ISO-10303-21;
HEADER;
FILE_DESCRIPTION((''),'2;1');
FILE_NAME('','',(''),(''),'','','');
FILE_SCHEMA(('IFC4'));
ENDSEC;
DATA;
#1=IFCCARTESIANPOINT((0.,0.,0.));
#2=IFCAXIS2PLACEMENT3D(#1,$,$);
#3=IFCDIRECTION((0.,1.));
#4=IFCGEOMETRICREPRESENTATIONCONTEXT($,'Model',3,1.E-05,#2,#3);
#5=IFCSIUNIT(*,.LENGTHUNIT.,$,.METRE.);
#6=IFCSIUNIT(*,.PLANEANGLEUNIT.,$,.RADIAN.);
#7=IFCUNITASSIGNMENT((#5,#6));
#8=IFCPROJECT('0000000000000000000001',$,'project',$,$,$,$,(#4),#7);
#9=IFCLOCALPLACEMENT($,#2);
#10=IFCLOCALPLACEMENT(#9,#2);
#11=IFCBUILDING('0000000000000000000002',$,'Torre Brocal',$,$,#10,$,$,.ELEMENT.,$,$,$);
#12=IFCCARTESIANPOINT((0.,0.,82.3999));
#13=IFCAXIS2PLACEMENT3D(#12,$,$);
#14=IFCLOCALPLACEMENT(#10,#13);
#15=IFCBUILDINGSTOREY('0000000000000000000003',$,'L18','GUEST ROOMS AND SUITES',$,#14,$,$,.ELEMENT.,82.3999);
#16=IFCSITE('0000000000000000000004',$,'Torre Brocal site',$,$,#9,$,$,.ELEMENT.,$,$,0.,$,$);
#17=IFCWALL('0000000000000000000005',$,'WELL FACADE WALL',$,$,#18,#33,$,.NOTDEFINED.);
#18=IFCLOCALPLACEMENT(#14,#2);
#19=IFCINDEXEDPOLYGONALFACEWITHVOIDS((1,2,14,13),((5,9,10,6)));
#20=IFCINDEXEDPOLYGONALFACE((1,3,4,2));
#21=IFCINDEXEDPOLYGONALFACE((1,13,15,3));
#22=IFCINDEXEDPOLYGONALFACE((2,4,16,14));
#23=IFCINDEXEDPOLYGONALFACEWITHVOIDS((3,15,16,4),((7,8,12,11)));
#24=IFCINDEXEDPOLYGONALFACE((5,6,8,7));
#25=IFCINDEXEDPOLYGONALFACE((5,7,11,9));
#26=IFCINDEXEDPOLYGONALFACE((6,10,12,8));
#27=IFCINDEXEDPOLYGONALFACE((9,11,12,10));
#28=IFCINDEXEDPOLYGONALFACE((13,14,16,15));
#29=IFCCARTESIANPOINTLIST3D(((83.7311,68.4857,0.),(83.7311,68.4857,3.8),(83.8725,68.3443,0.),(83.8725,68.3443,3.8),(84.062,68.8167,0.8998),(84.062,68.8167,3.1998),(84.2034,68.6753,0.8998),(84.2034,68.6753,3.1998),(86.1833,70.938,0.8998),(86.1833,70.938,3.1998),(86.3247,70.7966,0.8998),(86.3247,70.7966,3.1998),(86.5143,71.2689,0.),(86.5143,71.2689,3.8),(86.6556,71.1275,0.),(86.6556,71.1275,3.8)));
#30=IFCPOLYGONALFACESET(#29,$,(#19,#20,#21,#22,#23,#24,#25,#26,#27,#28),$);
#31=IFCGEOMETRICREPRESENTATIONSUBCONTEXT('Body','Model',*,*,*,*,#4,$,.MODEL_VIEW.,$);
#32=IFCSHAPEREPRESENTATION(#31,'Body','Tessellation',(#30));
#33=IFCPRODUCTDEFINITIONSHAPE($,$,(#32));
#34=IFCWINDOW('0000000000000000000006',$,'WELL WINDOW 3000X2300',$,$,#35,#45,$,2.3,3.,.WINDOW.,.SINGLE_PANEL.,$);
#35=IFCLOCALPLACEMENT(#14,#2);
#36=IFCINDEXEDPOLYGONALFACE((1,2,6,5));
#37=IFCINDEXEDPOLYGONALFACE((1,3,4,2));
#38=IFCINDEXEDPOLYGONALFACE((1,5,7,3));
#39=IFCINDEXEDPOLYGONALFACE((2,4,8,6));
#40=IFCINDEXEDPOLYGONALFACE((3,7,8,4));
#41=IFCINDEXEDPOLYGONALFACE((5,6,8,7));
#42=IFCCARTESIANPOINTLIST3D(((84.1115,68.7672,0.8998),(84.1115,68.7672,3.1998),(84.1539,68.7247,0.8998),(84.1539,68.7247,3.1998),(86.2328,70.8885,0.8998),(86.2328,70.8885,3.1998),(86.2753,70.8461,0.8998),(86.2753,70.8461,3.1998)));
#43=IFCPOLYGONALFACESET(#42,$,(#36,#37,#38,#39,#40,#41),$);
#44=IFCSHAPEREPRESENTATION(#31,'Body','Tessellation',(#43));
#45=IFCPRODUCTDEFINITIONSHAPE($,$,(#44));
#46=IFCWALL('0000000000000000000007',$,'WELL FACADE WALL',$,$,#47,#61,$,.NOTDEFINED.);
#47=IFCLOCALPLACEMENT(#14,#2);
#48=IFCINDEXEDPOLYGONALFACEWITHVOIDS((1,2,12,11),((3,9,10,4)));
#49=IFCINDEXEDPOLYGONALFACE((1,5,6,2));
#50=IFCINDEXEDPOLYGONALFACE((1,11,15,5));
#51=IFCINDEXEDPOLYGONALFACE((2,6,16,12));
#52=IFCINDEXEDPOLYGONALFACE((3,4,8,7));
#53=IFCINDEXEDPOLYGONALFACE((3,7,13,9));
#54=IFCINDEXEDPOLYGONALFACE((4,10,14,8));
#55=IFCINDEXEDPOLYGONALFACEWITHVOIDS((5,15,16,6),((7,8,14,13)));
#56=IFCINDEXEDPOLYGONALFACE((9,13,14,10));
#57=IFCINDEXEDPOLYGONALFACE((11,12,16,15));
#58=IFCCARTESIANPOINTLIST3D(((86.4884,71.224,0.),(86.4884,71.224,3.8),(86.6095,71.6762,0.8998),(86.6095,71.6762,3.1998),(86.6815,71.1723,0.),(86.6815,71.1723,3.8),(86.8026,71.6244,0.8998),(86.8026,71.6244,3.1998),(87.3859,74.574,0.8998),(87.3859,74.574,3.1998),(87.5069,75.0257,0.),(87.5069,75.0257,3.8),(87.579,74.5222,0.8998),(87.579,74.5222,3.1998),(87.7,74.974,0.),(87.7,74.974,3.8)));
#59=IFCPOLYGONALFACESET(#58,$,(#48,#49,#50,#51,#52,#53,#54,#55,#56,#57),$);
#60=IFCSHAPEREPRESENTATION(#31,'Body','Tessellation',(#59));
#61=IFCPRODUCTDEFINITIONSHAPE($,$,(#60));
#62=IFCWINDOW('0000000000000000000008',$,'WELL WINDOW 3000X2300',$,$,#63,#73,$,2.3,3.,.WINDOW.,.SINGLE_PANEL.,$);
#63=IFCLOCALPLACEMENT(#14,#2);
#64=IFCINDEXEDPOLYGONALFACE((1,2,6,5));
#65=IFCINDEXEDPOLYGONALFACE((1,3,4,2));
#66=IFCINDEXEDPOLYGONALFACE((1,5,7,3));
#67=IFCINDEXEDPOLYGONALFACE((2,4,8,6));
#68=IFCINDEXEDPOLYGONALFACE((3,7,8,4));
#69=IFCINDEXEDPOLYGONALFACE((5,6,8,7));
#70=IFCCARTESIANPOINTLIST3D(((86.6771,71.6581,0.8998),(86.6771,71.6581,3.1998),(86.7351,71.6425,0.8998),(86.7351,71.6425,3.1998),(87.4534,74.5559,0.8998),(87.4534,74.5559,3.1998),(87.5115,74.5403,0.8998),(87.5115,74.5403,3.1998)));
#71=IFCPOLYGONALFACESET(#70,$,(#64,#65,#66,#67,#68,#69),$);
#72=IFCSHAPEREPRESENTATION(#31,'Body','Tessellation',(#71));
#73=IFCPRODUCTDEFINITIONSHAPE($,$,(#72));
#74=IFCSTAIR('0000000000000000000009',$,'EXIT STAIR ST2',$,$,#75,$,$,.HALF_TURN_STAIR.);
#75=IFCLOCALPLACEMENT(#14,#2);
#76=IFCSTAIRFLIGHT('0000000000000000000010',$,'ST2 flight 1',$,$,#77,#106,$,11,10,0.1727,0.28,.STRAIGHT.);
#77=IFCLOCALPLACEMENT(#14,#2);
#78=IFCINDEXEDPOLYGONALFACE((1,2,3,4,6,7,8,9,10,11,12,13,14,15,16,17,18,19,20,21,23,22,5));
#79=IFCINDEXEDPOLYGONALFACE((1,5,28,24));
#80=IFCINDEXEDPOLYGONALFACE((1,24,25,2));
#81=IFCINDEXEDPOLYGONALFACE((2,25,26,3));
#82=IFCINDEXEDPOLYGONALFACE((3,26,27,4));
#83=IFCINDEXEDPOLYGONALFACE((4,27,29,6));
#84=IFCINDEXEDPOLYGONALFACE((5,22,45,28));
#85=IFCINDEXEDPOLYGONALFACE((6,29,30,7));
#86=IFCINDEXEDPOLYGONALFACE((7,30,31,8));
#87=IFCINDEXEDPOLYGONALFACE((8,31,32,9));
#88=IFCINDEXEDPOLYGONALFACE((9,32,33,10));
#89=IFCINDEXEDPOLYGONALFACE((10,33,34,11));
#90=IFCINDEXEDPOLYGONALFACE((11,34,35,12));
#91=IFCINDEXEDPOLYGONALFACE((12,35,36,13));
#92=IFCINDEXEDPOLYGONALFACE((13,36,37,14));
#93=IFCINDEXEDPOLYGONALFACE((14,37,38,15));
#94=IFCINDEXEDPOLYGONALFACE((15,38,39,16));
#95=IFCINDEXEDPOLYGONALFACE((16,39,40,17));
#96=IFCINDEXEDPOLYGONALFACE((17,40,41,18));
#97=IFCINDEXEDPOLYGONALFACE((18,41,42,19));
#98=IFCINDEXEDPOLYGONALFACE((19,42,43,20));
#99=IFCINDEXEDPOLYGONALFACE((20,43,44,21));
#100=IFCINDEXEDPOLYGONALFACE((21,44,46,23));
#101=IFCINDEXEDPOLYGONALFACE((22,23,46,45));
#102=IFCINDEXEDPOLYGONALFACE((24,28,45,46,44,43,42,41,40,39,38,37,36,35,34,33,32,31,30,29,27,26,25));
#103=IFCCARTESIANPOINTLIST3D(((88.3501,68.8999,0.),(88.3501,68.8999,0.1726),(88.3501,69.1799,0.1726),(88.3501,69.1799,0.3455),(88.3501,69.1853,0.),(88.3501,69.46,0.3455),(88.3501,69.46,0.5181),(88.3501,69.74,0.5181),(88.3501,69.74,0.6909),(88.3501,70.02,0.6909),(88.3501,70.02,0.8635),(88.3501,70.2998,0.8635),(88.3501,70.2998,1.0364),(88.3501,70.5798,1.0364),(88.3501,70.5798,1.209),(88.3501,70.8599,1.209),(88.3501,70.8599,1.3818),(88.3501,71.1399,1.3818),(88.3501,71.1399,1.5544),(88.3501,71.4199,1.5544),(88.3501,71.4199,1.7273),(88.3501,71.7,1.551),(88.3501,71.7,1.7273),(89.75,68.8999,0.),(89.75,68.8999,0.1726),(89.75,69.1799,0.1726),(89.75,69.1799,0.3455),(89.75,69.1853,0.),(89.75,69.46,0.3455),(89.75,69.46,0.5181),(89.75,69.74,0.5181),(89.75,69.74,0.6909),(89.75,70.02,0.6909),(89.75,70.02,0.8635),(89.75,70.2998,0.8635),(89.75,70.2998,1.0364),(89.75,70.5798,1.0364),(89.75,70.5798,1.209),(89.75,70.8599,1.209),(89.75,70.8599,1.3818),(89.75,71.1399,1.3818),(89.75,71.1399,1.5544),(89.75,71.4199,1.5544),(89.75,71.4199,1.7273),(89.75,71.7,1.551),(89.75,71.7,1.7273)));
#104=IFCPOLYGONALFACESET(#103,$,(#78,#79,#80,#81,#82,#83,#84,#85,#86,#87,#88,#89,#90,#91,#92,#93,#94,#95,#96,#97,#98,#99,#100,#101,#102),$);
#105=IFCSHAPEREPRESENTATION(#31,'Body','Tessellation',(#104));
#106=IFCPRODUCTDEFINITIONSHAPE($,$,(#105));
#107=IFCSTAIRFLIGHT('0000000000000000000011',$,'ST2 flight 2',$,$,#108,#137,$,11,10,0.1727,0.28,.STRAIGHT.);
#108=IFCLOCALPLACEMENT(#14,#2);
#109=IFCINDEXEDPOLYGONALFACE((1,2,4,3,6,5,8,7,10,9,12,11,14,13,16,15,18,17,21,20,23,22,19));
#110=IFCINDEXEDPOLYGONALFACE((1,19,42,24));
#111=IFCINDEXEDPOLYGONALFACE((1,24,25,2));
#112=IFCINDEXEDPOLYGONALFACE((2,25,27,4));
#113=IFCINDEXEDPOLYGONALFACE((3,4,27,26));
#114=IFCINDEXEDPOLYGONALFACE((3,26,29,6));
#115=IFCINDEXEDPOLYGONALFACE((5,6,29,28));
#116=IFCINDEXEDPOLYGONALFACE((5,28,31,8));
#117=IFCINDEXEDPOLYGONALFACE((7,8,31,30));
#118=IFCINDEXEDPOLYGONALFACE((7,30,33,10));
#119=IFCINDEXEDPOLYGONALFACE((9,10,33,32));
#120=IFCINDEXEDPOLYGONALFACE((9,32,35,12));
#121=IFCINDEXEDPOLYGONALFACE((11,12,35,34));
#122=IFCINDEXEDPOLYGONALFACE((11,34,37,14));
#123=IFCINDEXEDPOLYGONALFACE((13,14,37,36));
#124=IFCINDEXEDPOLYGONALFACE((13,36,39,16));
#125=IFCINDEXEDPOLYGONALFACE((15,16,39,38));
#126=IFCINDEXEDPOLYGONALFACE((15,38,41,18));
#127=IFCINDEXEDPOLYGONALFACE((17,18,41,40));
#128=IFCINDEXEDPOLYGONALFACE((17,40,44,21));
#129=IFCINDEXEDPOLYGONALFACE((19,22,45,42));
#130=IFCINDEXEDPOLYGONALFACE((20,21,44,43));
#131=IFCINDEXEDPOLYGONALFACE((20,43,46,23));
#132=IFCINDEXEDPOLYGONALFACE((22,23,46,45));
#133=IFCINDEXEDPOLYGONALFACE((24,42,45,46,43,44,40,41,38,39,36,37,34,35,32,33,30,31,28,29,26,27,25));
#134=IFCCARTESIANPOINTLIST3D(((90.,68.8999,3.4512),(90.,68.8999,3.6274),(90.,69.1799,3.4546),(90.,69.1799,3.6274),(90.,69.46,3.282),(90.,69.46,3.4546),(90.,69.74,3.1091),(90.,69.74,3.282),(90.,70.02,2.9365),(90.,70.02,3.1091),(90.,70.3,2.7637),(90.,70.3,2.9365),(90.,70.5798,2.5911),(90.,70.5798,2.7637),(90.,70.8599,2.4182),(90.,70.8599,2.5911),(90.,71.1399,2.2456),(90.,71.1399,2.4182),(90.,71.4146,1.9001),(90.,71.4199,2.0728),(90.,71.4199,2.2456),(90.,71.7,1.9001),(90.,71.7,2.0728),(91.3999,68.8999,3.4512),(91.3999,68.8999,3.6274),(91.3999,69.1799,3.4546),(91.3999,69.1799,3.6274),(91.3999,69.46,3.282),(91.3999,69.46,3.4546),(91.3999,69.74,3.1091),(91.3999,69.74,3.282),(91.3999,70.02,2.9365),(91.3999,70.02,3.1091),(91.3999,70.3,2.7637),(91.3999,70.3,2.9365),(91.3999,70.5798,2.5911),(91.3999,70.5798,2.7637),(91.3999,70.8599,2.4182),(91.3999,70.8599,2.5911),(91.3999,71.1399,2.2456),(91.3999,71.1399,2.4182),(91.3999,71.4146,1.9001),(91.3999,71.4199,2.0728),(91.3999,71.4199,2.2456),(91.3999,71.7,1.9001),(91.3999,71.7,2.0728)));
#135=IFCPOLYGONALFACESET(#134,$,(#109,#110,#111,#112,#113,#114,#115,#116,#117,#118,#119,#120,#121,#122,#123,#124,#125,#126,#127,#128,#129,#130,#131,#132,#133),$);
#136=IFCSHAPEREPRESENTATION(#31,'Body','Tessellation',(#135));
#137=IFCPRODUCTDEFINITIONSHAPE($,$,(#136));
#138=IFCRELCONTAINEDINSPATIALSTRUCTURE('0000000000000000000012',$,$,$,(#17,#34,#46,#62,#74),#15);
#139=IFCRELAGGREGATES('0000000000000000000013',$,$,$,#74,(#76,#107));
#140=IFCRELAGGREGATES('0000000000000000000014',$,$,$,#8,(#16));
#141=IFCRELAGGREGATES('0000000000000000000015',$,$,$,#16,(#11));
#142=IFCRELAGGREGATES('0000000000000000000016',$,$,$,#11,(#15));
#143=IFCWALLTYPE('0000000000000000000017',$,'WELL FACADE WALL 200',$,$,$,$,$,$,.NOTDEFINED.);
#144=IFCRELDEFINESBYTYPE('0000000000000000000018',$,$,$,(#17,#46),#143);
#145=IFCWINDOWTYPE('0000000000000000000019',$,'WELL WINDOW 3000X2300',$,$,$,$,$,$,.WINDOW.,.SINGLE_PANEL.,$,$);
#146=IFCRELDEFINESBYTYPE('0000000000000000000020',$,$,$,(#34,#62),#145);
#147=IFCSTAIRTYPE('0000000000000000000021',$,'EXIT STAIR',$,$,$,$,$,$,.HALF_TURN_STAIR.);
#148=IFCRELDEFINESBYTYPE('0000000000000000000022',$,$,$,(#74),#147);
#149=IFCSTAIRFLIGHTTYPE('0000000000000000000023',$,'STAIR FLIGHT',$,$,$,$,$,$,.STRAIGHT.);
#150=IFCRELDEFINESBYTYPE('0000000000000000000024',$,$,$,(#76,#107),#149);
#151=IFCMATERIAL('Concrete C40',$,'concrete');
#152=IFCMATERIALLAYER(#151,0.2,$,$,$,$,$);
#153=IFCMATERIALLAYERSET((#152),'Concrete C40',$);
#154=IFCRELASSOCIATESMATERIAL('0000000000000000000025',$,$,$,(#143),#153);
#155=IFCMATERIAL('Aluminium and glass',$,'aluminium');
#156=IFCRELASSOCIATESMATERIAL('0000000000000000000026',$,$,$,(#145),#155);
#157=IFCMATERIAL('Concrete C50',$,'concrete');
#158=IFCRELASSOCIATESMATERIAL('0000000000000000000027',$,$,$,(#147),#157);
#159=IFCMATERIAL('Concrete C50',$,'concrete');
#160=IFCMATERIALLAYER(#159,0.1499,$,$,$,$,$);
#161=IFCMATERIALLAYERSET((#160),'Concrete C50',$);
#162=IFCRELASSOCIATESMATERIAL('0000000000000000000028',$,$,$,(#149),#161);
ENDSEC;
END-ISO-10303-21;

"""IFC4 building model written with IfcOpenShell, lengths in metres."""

from ifc_helpers import new_model, si_unit, direction, frame, frame_2d, origin, place, context, subcontext, project, spatial, polyline, rectangle, outline, extrude, material, layer, layer_set, type_object, element, fill, aggregate, save


model = new_model("IFC4")

# Units and contexts
model_context = context("Model", 3, precision=1e-05, world=origin(), true_north=direction((0.0, 1.0)))
body_context = subcontext(model_context, "Body", "Model", "MODEL_VIEW")
ifc_project = project(units=[si_unit("LENGTHUNIT", "METRE"), si_unit("PLANEANGLEUNIT", "RADIAN")], contexts=[model_context])

# Site, building, storey
site_placement = place(None, origin())
site = spatial("IfcSite", under=ifc_project, at=site_placement, Name="Torre Brocal site", CompositionType="ELEMENT", RefElevation=0.0)
building_placement = place(site_placement, origin())
building = spatial("IfcBuilding", under=site, at=building_placement, Name="Torre Brocal", CompositionType="ELEMENT")
storey_placement = place(building_placement, frame((0.0, 0.0, 82.3999)))
storey = spatial("IfcBuildingStorey", under=building, at=storey_placement, Name="L18", Description="GUEST ROOMS AND SUITES", CompositionType="ELEMENT", Elevation=82.3999)

# Walls, openings, windows
ifc_material_1 = material(Name="Concrete C40", Category="concrete")
ifc_layer_1 = layer(ifc_material_1, 0.2)
ifc_layer_set_1 = layer_set([ifc_layer_1], Name="Concrete C40")
wall_type_1 = type_object("IfcWallType", Name="WELL FACADE WALL 200", PredefinedType="NOTDEFINED", material=ifc_layer_set_1)
ifc_material_2 = material(Name="Aluminium and glass", Category="aluminium")
window_type = type_object("IfcWindowType", Name="WELL WINDOW 3000X2300", PartitioningType="SINGLE_PANEL", PredefinedType="WINDOW", material=ifc_material_2)
wall_1_placement = place(storey_placement, frame((83.8018, 68.415, 0.0), z_axis=(0.0, 0.0, 1.0), x_axis=(0.707107, 0.707107, 0.0)))
wall_1 = element("IfcWall", 1, at=wall_1_placement, inside=storey, type_object=wall_type_1, Name="WELL FACADE WALL", PredefinedType="NOTDEFINED", context=body_context, shape_type="SweptSolid", body=[
    extrude(rectangle(XDim=3.936, YDim=0.2, at=frame_2d((1.968, 0.0))), origin(), (0.0, 0.0, 1.0), 3.8),
])
opening_1_placement = place(wall_1_placement, frame((0.468, 0.0, 0.8999)))
opening_1 = element("IfcOpeningElement", 2, at=opening_1_placement, cuts=wall_1, PredefinedType="OPENING", context=body_context, shape_type="SweptSolid", body=[
    extrude(rectangle(XDim=3.0, YDim=2.3, at=frame_2d((1.5, 1.1499))), frame((0.0, 0.1099, 0.0), z_axis=(0.0, -1.0, 0.0), x_axis=(1.0, 0.0, 0.0)), (0.0, 0.0, 1.0), 0.22),
])
window_1_placement = place(opening_1_placement, origin())
window_1 = element("IfcWindow", 3, at=window_1_placement, inside=storey, type_object=window_type, Name="WELL WINDOW 3000X2300", OverallHeight=2.3, OverallWidth=3.0, PartitioningType="SINGLE_PANEL", PredefinedType="WINDOW", context=body_context, shape_type="SweptSolid", body=[
    extrude(rectangle(XDim=3.0, YDim=2.3, at=frame_2d((1.5, 1.1499))), frame((0.0, 0.03, 0.0), z_axis=(0.0, -1.0, 0.0), x_axis=(1.0, 0.0, 0.0)), (0.0, 0.0, 1.0), 0.0601),
])
fill(opening_1, window_1)
wall_2_placement = place(storey_placement, frame((86.585, 71.1982, 0.0), z_axis=(0.0, 0.0, 1.0), x_axis=(0.25879, 0.965934, 0.0)))
wall_2 = element("IfcWall", 4, at=wall_2_placement, inside=storey, type_object=wall_type_1, Name="WELL FACADE WALL", PredefinedType="NOTDEFINED", context=body_context, shape_type="SweptSolid", body=[
    extrude(rectangle(XDim=3.9358, YDim=0.2, at=frame_2d((1.9678, 0.0))), origin(), (0.0, 0.0, 1.0), 3.8),
])
opening_2_placement = place(wall_2_placement, frame((0.468, 0.0, 0.8999)))
opening_2 = element("IfcOpeningElement", 5, at=opening_2_placement, cuts=wall_2, PredefinedType="OPENING", context=body_context, shape_type="SweptSolid", body=[
    extrude(rectangle(XDim=3.0, YDim=2.3, at=frame_2d((1.5, 1.1499))), frame((0.0, 0.1099, 0.0), z_axis=(0.0, -1.0, 0.0), x_axis=(1.0, 0.0, 0.0)), (0.0, 0.0, 1.0), 0.22),
])
window_2_placement = place(opening_2_placement, origin())
window_2 = element("IfcWindow", 6, at=window_2_placement, inside=storey, type_object=window_type, Name="WELL WINDOW 3000X2300", OverallHeight=2.3, OverallWidth=3.0, PartitioningType="SINGLE_PANEL", PredefinedType="WINDOW", context=body_context, shape_type="SweptSolid", body=[
    extrude(rectangle(XDim=3.0, YDim=2.3, at=frame_2d((1.5, 1.1499))), frame((0.0, 0.03, 0.0), z_axis=(0.0, -1.0, 0.0), x_axis=(1.0, 0.0, 0.0)), (0.0, 0.0, 1.0), 0.0601),
])
fill(opening_2, window_2)

# Stair, stair flights
ifc_material_3 = material(Name="Concrete C50", Category="concrete")
stair_type = type_object("IfcStairType", Name="EXIT STAIR", PredefinedType="HALF_TURN_STAIR", material=ifc_material_3)
stair_placement = place(storey_placement, origin())
stair = element("IfcStair", 7, at=stair_placement, inside=storey, type_object=stair_type, Name="EXIT STAIR ST2", PredefinedType="HALF_TURN_STAIR")
ifc_material_4 = material(Name="Concrete C50", Category="concrete")
ifc_layer_2 = layer(ifc_material_4, 0.1499)
ifc_layer_set_2 = layer_set([ifc_layer_2], Name="Concrete C50")
stair_flight_type = type_object("IfcStairFlightType", Name="STAIR FLIGHT", PredefinedType="STRAIGHT", material=ifc_layer_set_2)
stair_flight_1_placement = place(storey_placement, frame((89.05, 68.8999, 0.0), z_axis=(0.0, 0.0, 1.0), x_axis=(0.0, 1.0, 0.0)))
stair_flight_1 = element("IfcStairFlight", 8, at=stair_flight_1_placement, type_object=stair_flight_type, Name="ST2 flight 1", NumberOfRisers=11, NumberOfTreads=10, PredefinedType="STRAIGHT", RiserHeight=0.1727, TreadLength=0.28, context=body_context, shape_type="SweptSolid", body=[
    extrude(outline(polyline([(0.0, 0.0), (0.0, 0.1726), (0.28, 0.1726), (0.28, 0.3455), (0.5601, 0.3455), (0.5601, 0.5181), (0.8401, 0.5181), (0.8401, 0.6909), (1.1201, 0.6909), (1.1201, 0.8635), (1.3999, 0.8635), (1.3999, 1.0364), (1.6799, 1.0364), (1.6799, 1.209), (1.96, 1.209), (1.96, 1.3818), (2.24, 1.3818), (2.24, 1.5544), (2.52, 1.5544), (2.52, 1.7273), (2.8, 1.7273), (2.8, 1.8999), (2.8, 1.551), (0.2854, 0.0), (0.0, 0.0)])), frame((0.0, 0.7, 0.0), z_axis=(0.0, -1.0, 0.0), x_axis=(1.0, 0.0, 0.0)), (0.0, 0.0, 1.0), 1.3999),
])
stair_flight_2_placement = place(storey_placement, frame((90.7, 71.7, 1.9001), z_axis=(0.0, 0.0, 1.0), x_axis=(0.0, -1.0, 0.0)))
stair_flight_2 = element("IfcStairFlight", 9, at=stair_flight_2_placement, type_object=stair_flight_type, Name="ST2 flight 2", NumberOfRisers=11, NumberOfTreads=10, PredefinedType="STRAIGHT", RiserHeight=0.1727, TreadLength=0.28, context=body_context, shape_type="SweptSolid", body=[
    extrude(outline(polyline([(0.0, 0.0), (0.0, 0.1726), (0.28, 0.1726), (0.28, 0.3455), (0.5601, 0.3455), (0.5601, 0.5181), (0.8401, 0.5181), (0.8401, 0.6909), (1.1201, 0.6909), (1.1201, 0.8635), (1.3999, 0.8635), (1.3999, 1.0364), (1.6799, 1.0364), (1.6799, 1.209), (1.96, 1.209), (1.96, 1.3818), (2.24, 1.3818), (2.24, 1.5544), (2.52, 1.5544), (2.52, 1.7273), (2.8, 1.7273), (2.8, 1.8999), (2.8, 1.551), (0.2854, 0.0), (0.0, 0.0)])), frame((0.0, 0.7, 0.0), z_axis=(0.0, -1.0, 0.0), x_axis=(1.0, 0.0, 0.0)), (0.0, 0.0, 1.0), 1.3999),
])
aggregate(stair, [stair_flight_1, stair_flight_2])

save(model, "model.ifc")
